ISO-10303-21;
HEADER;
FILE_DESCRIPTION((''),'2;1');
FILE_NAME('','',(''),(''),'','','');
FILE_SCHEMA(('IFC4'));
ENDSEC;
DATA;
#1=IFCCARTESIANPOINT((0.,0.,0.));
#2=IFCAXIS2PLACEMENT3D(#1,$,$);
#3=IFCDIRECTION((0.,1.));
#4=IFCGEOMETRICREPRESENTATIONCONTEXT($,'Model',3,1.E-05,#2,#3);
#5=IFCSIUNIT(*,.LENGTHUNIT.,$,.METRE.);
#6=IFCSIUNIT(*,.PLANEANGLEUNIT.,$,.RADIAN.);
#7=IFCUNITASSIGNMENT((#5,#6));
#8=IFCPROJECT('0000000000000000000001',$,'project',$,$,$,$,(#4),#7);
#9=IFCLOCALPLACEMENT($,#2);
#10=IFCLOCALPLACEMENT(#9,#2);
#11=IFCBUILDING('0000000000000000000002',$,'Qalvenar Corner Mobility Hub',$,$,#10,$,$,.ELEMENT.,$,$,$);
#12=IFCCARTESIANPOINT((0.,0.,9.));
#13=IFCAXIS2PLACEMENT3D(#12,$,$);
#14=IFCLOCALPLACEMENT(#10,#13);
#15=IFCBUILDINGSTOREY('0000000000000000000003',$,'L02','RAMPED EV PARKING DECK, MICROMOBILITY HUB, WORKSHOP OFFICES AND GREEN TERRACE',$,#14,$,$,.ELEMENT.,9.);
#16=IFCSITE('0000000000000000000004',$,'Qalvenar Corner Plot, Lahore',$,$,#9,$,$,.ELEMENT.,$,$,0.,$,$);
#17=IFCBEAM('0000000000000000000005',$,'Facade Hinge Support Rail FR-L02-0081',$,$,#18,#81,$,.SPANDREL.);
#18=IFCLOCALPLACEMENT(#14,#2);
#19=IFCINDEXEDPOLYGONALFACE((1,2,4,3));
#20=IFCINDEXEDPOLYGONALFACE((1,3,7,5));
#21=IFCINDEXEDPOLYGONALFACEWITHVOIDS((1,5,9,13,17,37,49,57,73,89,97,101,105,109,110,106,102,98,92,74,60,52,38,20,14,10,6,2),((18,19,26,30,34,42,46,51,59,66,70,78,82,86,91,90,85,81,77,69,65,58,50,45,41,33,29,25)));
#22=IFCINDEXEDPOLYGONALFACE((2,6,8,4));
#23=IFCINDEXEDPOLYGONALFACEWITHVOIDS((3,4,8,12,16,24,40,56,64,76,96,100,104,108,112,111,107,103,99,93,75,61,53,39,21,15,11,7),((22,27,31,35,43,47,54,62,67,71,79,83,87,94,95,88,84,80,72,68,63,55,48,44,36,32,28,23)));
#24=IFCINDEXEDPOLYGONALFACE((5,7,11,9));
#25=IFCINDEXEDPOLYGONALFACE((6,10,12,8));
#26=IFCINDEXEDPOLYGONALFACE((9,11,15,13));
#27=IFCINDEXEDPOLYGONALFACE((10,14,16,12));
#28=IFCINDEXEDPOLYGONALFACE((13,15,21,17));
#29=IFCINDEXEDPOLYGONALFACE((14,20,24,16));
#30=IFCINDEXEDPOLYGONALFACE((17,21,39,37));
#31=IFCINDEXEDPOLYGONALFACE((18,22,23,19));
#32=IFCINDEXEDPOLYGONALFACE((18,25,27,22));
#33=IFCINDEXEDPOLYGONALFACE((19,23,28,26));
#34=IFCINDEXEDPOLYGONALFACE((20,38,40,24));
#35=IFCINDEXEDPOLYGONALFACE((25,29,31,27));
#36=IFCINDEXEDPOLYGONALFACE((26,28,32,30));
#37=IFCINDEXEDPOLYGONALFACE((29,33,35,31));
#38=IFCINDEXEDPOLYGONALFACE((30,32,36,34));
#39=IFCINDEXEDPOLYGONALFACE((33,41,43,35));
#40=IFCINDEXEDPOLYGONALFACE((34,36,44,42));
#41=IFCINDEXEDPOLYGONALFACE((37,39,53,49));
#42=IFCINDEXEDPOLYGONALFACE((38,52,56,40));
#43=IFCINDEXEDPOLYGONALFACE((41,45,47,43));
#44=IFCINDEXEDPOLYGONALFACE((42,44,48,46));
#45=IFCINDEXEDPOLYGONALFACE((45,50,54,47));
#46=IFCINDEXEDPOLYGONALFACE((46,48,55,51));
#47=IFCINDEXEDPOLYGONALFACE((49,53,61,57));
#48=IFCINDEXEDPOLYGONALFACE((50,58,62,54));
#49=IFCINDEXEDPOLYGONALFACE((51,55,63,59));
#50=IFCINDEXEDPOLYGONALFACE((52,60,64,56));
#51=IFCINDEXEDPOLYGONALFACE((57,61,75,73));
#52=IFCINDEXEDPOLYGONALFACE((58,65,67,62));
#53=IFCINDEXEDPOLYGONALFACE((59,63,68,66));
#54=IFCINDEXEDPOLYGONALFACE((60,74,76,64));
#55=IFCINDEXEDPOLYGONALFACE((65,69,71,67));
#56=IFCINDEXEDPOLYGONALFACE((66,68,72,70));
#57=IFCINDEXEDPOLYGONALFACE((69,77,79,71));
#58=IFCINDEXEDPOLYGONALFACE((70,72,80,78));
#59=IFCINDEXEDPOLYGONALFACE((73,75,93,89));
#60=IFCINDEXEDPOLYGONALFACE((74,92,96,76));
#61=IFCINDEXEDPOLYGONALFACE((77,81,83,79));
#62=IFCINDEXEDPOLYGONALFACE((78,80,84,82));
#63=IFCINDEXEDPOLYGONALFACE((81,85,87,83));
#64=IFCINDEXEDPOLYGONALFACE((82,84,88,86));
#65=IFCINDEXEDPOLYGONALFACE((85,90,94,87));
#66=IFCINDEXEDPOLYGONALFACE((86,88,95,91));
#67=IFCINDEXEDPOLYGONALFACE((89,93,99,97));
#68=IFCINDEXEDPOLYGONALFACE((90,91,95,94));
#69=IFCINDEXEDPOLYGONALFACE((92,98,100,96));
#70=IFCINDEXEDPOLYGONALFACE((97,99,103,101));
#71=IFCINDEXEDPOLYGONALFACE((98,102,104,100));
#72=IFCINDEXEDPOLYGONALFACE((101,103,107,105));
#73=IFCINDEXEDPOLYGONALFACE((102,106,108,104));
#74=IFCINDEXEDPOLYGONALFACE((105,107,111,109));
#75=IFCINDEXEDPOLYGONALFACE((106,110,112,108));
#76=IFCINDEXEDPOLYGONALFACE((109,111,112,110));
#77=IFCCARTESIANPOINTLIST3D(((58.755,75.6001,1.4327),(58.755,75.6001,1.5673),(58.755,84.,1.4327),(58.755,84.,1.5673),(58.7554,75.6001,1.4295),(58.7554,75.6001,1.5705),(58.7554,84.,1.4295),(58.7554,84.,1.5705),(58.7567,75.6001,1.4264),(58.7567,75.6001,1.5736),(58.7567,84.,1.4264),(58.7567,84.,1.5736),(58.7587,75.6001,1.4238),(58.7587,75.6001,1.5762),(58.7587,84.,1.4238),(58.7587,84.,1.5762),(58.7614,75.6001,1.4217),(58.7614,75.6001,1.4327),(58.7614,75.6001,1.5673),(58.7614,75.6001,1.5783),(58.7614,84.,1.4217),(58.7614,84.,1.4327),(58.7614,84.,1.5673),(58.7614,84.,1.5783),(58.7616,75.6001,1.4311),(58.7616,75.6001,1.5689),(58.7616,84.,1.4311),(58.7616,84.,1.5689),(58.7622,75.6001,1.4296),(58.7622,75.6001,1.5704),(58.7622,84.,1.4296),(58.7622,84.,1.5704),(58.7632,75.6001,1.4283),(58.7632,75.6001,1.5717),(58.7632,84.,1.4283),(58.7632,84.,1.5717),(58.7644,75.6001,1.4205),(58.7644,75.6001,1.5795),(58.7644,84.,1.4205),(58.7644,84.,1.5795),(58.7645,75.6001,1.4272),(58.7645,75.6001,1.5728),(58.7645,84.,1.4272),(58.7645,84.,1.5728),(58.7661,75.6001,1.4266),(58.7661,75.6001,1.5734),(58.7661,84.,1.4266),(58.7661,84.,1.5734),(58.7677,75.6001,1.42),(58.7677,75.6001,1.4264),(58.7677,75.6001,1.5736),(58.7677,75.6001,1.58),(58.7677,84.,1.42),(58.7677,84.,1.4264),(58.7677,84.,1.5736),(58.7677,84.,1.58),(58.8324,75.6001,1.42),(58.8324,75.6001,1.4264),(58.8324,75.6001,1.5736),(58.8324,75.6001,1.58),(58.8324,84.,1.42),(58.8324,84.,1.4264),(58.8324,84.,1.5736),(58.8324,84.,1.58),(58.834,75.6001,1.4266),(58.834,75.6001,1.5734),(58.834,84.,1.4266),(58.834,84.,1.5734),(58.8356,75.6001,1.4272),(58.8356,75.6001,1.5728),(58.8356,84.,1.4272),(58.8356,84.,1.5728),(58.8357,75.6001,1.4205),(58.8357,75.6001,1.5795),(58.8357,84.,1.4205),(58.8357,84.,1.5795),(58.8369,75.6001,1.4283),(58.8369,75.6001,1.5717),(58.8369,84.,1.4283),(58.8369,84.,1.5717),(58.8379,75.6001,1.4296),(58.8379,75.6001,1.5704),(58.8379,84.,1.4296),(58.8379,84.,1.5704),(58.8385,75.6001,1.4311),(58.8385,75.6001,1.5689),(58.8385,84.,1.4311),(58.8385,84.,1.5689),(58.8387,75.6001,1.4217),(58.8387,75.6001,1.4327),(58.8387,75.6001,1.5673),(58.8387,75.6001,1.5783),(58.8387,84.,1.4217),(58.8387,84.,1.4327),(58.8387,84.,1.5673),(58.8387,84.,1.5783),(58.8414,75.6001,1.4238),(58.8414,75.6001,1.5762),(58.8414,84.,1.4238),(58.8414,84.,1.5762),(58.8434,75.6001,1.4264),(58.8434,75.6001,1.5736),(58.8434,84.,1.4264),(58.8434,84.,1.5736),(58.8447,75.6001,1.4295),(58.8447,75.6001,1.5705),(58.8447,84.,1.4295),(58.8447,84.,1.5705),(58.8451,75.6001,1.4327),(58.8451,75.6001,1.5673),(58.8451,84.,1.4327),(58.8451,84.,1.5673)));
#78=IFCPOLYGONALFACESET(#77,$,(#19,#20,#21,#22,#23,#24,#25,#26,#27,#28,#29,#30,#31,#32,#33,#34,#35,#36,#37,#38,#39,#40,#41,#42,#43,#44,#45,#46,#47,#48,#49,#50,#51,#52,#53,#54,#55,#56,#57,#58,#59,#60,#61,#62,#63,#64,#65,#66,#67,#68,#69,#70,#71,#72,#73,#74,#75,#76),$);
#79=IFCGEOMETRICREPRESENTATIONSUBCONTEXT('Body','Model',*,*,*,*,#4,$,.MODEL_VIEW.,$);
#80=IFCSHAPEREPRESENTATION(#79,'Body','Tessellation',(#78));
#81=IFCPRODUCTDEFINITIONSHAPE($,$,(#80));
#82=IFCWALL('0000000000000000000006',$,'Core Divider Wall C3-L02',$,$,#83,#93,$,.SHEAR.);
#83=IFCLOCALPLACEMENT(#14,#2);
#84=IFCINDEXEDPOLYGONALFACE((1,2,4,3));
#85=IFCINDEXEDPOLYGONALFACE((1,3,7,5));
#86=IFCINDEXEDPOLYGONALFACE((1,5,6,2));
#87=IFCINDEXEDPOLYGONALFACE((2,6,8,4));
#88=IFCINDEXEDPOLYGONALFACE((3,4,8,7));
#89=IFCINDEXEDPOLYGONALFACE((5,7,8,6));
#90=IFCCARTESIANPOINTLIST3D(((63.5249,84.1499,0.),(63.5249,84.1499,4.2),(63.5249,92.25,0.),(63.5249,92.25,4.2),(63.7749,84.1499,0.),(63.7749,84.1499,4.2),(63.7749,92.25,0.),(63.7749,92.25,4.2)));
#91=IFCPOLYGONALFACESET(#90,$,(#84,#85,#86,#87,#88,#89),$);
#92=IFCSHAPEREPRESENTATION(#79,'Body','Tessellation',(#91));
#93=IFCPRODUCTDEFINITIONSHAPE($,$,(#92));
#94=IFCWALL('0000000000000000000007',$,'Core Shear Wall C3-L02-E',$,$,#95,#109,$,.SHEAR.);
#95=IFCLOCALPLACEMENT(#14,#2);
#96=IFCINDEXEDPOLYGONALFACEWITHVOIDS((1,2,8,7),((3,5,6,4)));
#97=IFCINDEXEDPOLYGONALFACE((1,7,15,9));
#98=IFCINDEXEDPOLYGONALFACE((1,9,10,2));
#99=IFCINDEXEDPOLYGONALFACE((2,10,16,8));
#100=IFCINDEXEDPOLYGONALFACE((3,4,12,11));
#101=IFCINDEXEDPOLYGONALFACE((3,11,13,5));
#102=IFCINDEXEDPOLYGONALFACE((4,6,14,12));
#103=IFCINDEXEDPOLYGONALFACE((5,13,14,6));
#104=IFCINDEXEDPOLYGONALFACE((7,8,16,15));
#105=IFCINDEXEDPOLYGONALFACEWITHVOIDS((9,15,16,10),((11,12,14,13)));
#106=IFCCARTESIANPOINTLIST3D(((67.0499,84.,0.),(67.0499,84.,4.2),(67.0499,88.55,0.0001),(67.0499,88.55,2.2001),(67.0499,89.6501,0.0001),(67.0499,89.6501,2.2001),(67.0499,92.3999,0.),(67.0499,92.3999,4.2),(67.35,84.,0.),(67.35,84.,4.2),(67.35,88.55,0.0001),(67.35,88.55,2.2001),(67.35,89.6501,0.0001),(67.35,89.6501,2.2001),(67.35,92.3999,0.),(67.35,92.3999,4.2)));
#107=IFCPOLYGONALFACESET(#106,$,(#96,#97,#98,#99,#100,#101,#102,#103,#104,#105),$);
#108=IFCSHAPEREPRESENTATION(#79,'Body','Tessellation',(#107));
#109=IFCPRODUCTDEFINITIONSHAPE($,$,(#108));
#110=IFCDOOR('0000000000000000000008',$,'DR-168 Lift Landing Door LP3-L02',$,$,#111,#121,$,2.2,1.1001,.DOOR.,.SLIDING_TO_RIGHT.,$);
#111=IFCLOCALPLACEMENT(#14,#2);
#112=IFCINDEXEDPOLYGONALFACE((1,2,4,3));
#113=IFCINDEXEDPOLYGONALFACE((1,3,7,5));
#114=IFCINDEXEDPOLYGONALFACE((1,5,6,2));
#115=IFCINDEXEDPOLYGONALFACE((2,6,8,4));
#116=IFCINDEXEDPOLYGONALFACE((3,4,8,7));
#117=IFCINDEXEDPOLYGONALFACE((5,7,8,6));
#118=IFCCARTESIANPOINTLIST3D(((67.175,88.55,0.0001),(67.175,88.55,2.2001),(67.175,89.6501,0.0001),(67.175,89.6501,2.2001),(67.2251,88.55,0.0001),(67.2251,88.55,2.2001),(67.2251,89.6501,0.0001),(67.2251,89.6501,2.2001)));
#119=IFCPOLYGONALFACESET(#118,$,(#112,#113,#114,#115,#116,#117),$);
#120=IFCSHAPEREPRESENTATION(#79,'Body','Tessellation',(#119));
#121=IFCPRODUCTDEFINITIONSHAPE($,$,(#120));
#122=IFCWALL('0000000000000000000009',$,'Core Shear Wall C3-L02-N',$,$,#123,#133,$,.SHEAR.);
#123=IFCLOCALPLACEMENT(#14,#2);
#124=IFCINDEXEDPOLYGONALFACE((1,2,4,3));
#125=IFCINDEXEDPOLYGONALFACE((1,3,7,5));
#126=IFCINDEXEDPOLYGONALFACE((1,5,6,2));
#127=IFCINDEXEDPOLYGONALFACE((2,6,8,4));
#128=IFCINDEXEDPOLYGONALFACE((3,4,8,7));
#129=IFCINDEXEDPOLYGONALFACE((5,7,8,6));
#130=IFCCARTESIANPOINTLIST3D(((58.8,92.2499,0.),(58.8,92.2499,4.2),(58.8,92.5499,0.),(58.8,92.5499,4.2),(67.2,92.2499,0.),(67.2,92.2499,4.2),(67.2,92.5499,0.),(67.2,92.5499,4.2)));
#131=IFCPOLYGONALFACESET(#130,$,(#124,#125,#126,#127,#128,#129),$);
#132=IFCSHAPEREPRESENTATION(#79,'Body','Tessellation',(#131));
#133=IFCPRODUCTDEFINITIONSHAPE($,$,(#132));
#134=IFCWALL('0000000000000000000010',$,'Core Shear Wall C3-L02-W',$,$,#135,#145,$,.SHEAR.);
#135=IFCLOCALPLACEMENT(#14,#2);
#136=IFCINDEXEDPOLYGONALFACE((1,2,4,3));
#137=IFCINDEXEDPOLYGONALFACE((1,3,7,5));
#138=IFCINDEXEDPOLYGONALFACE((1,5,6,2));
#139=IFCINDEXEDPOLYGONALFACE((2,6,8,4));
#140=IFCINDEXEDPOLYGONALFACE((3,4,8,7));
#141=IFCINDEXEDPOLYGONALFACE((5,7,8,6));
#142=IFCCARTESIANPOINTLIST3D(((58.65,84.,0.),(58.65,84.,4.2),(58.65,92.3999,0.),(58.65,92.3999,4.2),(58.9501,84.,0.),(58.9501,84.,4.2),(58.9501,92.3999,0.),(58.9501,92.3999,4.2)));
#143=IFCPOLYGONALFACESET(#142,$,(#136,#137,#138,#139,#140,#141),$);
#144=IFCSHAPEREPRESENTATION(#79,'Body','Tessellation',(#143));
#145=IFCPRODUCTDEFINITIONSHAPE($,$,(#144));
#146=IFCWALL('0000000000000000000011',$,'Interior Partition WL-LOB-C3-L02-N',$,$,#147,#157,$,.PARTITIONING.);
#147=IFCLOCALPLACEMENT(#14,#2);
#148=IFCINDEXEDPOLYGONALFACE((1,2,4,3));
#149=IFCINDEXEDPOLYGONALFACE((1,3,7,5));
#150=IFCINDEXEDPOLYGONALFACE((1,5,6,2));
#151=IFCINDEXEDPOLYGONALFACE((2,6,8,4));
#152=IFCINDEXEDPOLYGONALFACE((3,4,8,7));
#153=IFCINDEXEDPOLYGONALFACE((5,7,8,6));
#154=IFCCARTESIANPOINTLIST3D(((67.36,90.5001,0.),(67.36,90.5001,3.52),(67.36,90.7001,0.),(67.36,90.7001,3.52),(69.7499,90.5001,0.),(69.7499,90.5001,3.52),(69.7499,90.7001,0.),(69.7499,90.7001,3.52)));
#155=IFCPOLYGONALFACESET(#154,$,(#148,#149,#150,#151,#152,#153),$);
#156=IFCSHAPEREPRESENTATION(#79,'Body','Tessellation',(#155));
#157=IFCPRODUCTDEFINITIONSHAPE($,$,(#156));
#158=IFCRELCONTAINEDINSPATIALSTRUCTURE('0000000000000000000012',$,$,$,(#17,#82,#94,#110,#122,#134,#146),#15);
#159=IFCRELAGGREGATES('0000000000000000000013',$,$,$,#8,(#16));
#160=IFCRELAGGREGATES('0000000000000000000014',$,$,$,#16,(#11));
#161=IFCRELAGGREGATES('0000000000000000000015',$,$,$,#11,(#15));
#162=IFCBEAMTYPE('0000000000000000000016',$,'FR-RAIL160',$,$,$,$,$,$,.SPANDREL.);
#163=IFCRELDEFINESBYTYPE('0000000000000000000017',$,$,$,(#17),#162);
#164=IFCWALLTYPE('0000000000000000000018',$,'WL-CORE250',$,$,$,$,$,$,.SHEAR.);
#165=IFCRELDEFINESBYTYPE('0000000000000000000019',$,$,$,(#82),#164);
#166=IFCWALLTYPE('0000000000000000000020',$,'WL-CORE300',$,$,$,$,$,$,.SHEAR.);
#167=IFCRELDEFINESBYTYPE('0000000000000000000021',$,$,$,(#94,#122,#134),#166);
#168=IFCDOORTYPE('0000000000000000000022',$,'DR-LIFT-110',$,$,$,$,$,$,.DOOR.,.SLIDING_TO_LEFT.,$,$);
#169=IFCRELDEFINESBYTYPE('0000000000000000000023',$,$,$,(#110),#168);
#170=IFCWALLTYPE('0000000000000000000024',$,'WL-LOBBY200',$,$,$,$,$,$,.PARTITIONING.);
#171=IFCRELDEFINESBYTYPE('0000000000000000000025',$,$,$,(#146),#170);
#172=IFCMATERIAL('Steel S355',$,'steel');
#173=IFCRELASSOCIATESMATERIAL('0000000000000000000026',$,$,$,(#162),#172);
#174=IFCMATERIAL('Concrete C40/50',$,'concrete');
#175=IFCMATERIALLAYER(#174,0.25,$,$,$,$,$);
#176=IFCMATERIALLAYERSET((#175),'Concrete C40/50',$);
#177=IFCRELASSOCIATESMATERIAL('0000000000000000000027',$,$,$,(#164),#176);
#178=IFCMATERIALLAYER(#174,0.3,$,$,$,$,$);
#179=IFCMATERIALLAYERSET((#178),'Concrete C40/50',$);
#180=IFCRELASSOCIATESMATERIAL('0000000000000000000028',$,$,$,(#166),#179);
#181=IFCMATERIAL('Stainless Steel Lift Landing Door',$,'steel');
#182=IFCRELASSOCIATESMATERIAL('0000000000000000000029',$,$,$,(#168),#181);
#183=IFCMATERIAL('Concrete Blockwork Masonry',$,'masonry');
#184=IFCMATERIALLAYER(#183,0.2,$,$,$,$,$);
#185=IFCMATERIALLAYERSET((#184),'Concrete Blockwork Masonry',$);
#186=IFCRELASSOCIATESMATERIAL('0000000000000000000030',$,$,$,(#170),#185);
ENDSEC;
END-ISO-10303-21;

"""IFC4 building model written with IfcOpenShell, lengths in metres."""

from ifc_helpers import new_model, si_unit, direction, frame, frame_2d, origin, origin_2d, place, context, subcontext, project, spatial, rectangle, hollow_rectangle, extrude, material, layer, layer_set, material_profile, profile_set, type_object, element, fill, save


model = new_model("IFC4")

# Units and contexts
model_context = context("Model", 3, precision=1e-05, world=origin(), true_north=direction((0.0, 1.0)))
body_context = subcontext(model_context, "Body", "Model", "MODEL_VIEW")
ifc_project = project(units=[si_unit("LENGTHUNIT", "METRE"), si_unit("PLANEANGLEUNIT", "RADIAN")], contexts=[model_context])

# Site, building, storey
site_placement = place(None, origin())
site = spatial("IfcSite", under=ifc_project, at=site_placement, Name="Qalvenar Corner Plot, Lahore", CompositionType="ELEMENT", RefElevation=0.0)
building_placement = place(site_placement, origin())
building = spatial("IfcBuilding", under=site, at=building_placement, Name="Qalvenar Corner Mobility Hub", CompositionType="ELEMENT")
storey_placement = place(building_placement, frame((0.0, 0.0, 9.0)))
storey = spatial("IfcBuildingStorey", under=building, at=storey_placement, Name="L02", Description="RAMPED EV PARKING DECK, MICROMOBILITY HUB, WORKSHOP OFFICES AND GREEN TERRACE", CompositionType="ELEMENT", Elevation=9.0)

# Shared definitions
ifc_material_1 = material(Name="Steel S355", Category="steel")

# Beam
ifc_material_profile_1 = material_profile(ifc_material_1, hollow_rectangle(XDim=0.0901, YDim=0.1599, WallThickness=0.0063, InnerFilletRadius=0.0063, OuterFilletRadius=0.0127, at=origin_2d()), Name="RHS160x90x6.3")
ifc_profile_set_1 = profile_set([ifc_material_profile_1], Name="Steel S355")
beam_type_1 = type_object("IfcBeamType", Name="FR-RAIL160", PredefinedType="SPANDREL", material=ifc_profile_set_1)
beam_1_placement = place(storey_placement, frame((58.8, 84.0, 1.5), z_axis=(0.0, -1.0, 0.0), x_axis=(1.0, 0.0, 0.0)))
element("IfcBeam", 1, at=beam_1_placement, inside=storey, type_object=beam_type_1, Name="Facade Hinge Support Rail FR-L02-0081", PredefinedType="SPANDREL", context=body_context, shape_type="SweptSolid", body=[
    extrude(hollow_rectangle(XDim=0.0901, YDim=0.1599, WallThickness=0.0063, InnerFilletRadius=0.0063, OuterFilletRadius=0.0127, at=origin_2d()), origin(), (0.0, 0.0, 1.0), 8.3999),
])

# Wall
ifc_material_2 = material(Name="Concrete C40/50", Category="concrete")
ifc_layer_1 = layer(ifc_material_2, 0.25)
ifc_layer_set_1 = layer_set([ifc_layer_1], Name="Concrete C40/50")
wall_type_1 = type_object("IfcWallType", Name="WL-CORE250", PredefinedType="SHEAR", material=ifc_layer_set_1)
wall_1_placement = place(storey_placement, frame((63.6499, 84.1499, 0.0), z_axis=(0.0, 0.0, 1.0), x_axis=(0.0, 1.0, 0.0)))
element("IfcWall", 2, at=wall_1_placement, inside=storey, type_object=wall_type_1, Name="Core Divider Wall C3-L02", PredefinedType="SHEAR", context=body_context, shape_type="SweptSolid", body=[
    extrude(rectangle(XDim=8.1001, YDim=0.25, at=frame_2d((4.05, 0.0))), origin(), (0.0, 0.0, 1.0), 4.2),
])

# Wall, opening, door
ifc_layer_2 = layer(ifc_material_2, 0.3)
ifc_layer_set_2 = layer_set([ifc_layer_2], Name="Concrete C40/50")
wall_type_2 = type_object("IfcWallType", Name="WL-CORE300", PredefinedType="SHEAR", material=ifc_layer_set_2)
wall_2_placement = place(storey_placement, frame((67.2, 84.0, 0.0), z_axis=(0.0, 0.0, 1.0), x_axis=(0.0, 1.0, 0.0)))
wall_2 = element("IfcWall", 3, at=wall_2_placement, inside=storey, type_object=wall_type_2, Name="Core Shear Wall C3-L02-E", PredefinedType="SHEAR", context=body_context, shape_type="SweptSolid", body=[
    extrude(rectangle(XDim=8.3999, YDim=0.3, at=frame_2d((4.2, 0.0))), origin(), (0.0, 0.0, 1.0), 4.2),
])
opening_placement = place(wall_2_placement, frame((4.55, 0.0, 0.0)))
opening = element("IfcOpeningElement", 4, at=opening_placement, cuts=wall_2, PredefinedType="OPENING", context=body_context, shape_type="SweptSolid", body=[
    extrude(rectangle(XDim=1.1001, YDim=2.2, at=frame_2d((0.55, 1.1001))), frame((0.0, 0.1602, 0.0), z_axis=(0.0, -1.0, 0.0), x_axis=(1.0, 0.0, 0.0)), (0.0, 0.0, 1.0), 0.3201),
])
ifc_material_3 = material(Name="Stainless Steel Lift Landing Door", Category="steel")
door_type = type_object("IfcDoorType", Name="DR-LIFT-110", OperationType="SLIDING_TO_LEFT", PredefinedType="DOOR", material=ifc_material_3)
door_placement = place(opening_placement, origin())
door = element("IfcDoor", 5, at=door_placement, inside=storey, type_object=door_type, Name="DR-168 Lift Landing Door LP3-L02", OperationType="SLIDING_TO_RIGHT", OverallHeight=2.2, OverallWidth=1.1001, PredefinedType="DOOR", context=body_context, shape_type="SweptSolid", body=[
    extrude(rectangle(XDim=1.1001, YDim=2.2, at=frame_2d((0.55, 1.1001))), frame((0.0, 0.0249, 0.0), z_axis=(0.0, -1.0, 0.0), x_axis=(1.0, 0.0, 0.0)), (0.0, 0.0, 1.0), 0.05),
])
fill(opening, door)

# Walls
for number, where, z_axis, x_axis, name in (
    (6, (67.2, 92.3999, 0.0), (0.0, 0.0, 1.0), (-1.0, 0.0, 0.0), "Core Shear Wall C3-L02-N"),
    (7, (58.8, 92.3999, 0.0), (0.0, 0.0, 1.0), (0.0, -1.0, 0.0), "Core Shear Wall C3-L02-W"),
):
    element("IfcWall", number, at=place(storey_placement, frame(where, z_axis=z_axis, x_axis=x_axis)), inside=storey, type_object=wall_type_2, Name=name, PredefinedType="SHEAR", context=body_context, shape_type="SweptSolid", body=[
        extrude(rectangle(XDim=8.3999, YDim=0.3, at=frame_2d((4.2, 0.0))), origin(), (0.0, 0.0, 1.0), 4.2),
    ])
ifc_material_4 = material(Name="Concrete Blockwork Masonry", Category="masonry")
ifc_layer_3 = layer(ifc_material_4, 0.2)
ifc_layer_set_3 = layer_set([ifc_layer_3], Name="Concrete Blockwork Masonry")
wall_type_3 = type_object("IfcWallType", Name="WL-LOBBY200", PredefinedType="PARTITIONING", material=ifc_layer_set_3)
wall_3_placement = place(storey_placement, frame((67.3601, 90.6001, 0.0), z_axis=(0.0, 0.0, 1.0), x_axis=(1.0, 0.0, 0.0)))
element("IfcWall", 8, at=wall_3_placement, inside=storey, type_object=wall_type_3, Name="Interior Partition WL-LOB-C3-L02-N", PredefinedType="PARTITIONING", context=body_context, shape_type="SweptSolid", body=[
    extrude(rectangle(XDim=2.3899, YDim=0.2, at=frame_2d((1.1948, 0.0))), origin(), (0.0, 0.0, 1.0), 3.52),
])

save(model, "model.ifc")
